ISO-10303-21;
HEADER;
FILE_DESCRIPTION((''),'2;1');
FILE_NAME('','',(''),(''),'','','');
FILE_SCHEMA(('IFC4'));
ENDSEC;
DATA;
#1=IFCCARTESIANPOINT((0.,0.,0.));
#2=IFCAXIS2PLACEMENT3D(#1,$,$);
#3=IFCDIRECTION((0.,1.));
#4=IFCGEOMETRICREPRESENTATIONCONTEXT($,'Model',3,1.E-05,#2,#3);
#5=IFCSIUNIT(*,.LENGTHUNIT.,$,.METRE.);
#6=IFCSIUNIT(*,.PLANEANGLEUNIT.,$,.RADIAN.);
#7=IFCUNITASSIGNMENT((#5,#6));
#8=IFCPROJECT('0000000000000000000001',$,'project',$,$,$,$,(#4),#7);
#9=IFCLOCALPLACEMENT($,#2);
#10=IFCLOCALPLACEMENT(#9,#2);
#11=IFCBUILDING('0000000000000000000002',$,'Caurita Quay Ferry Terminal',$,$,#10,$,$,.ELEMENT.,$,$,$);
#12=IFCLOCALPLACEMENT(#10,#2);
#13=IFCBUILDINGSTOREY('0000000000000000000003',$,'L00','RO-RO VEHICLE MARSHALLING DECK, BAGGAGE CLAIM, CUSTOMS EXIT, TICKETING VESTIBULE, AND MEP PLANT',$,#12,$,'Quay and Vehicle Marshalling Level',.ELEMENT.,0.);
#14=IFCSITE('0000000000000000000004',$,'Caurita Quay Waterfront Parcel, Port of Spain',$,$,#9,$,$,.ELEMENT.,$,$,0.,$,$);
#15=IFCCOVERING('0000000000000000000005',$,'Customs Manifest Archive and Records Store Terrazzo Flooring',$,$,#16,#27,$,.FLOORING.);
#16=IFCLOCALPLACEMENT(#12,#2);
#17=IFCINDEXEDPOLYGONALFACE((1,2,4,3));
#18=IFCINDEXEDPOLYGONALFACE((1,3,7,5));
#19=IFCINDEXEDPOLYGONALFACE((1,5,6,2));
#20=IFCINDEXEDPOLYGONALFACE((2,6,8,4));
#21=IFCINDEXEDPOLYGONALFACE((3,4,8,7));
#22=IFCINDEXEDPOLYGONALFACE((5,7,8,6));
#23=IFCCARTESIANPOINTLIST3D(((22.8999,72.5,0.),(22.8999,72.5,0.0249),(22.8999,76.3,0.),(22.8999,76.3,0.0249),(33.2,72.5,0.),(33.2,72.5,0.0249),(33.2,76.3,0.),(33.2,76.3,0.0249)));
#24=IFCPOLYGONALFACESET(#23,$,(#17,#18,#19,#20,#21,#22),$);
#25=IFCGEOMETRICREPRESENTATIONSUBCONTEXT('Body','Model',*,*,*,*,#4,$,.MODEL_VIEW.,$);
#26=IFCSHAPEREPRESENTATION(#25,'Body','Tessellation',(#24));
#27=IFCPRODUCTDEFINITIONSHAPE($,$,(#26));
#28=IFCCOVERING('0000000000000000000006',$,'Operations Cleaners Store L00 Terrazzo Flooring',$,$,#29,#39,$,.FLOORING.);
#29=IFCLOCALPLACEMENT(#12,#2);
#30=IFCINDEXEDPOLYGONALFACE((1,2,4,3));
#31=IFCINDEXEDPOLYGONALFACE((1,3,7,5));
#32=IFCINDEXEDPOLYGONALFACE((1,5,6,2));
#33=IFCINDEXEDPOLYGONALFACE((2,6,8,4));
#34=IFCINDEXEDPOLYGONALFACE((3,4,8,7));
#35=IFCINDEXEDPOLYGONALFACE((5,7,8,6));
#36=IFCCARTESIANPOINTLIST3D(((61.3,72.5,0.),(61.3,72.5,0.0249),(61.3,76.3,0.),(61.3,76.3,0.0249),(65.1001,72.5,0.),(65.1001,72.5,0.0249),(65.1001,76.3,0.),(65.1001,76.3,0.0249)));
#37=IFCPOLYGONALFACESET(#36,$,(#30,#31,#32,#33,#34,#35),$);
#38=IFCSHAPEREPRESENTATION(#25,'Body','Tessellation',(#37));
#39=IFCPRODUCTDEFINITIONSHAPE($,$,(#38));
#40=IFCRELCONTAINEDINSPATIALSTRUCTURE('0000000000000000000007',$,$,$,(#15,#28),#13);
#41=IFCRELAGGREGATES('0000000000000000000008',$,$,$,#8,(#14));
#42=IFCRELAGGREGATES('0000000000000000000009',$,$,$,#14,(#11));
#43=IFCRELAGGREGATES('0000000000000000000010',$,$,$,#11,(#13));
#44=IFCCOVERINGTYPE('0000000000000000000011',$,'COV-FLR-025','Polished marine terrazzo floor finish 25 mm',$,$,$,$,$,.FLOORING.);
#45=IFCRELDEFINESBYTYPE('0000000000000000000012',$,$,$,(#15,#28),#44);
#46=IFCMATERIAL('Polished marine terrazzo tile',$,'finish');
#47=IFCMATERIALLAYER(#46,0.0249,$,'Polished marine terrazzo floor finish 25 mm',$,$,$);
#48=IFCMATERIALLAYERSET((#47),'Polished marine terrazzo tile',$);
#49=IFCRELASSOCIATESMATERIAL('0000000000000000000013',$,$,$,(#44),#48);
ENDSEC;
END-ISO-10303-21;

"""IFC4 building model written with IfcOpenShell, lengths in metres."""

from ifc_helpers import new_model, si_unit, direction, origin, place, context, subcontext, project, spatial, polyline, outline, extrude, material, layer, layer_set, type_object, element, save


model = new_model("IFC4")

# Units and contexts
model_context = context("Model", 3, precision=1e-05, world=origin(), true_north=direction((0.0, 1.0)))
body_context = subcontext(model_context, "Body", "Model", "MODEL_VIEW")
ifc_project = project(units=[si_unit("LENGTHUNIT", "METRE"), si_unit("PLANEANGLEUNIT", "RADIAN")], contexts=[model_context])

# Site, building, storey
site_placement = place(None, origin())
site = spatial("IfcSite", under=ifc_project, at=site_placement, Name="Caurita Quay Waterfront Parcel, Port of Spain", CompositionType="ELEMENT", RefElevation=0.0)
building_placement = place(site_placement, origin())
building = spatial("IfcBuilding", under=site, at=building_placement, Name="Caurita Quay Ferry Terminal", CompositionType="ELEMENT")
storey_placement = place(building_placement, origin())
storey = spatial("IfcBuildingStorey", under=building, at=storey_placement, Name="L00", Description="RO-RO VEHICLE MARSHALLING DECK, BAGGAGE CLAIM, CUSTOMS EXIT, TICKETING VESTIBULE, AND MEP PLANT", LongName="Quay and Vehicle Marshalling Level", CompositionType="ELEMENT", Elevation=0.0)

# Coverings
ifc_material_1 = material(Name="Polished marine terrazzo tile", Category="finish")
ifc_layer_1 = layer(ifc_material_1, 0.0249, Name="Polished marine terrazzo floor finish 25 mm")
ifc_layer_set_1 = layer_set([ifc_layer_1], Name="Polished marine terrazzo tile")
covering_type_1 = type_object("IfcCoveringType", Name="COV-FLR-025", Description="Polished marine terrazzo floor finish 25 mm", PredefinedType="FLOORING", material=ifc_layer_set_1)
covering_1_placement = place(storey_placement, origin())
element("IfcCovering", 1, at=covering_1_placement, inside=storey, type_object=covering_type_1, Name="Customs Manifest Archive and Records Store Terrazzo Flooring", PredefinedType="FLOORING", context=body_context, shape_type="SweptSolid", body=[
    extrude(outline(polyline([(22.8999, 72.5), (33.2, 72.5), (33.2, 76.3), (22.8999, 76.3), (22.8999, 72.5)])), origin(), (0.0, 0.0, 1.0), 0.0249),
])
covering_2_placement = place(storey_placement, origin())
element("IfcCovering", 2, at=covering_2_placement, inside=storey, type_object=covering_type_1, Name="Operations Cleaners Store L00 Terrazzo Flooring", PredefinedType="FLOORING", context=body_context, shape_type="SweptSolid", body=[
    extrude(outline(polyline([(61.3, 72.5), (65.1001, 72.5), (65.1001, 76.3), (61.3, 76.3), (61.3, 72.5)])), origin(), (0.0, 0.0, 1.0), 0.0249),
])

save(model, "model.ifc")
